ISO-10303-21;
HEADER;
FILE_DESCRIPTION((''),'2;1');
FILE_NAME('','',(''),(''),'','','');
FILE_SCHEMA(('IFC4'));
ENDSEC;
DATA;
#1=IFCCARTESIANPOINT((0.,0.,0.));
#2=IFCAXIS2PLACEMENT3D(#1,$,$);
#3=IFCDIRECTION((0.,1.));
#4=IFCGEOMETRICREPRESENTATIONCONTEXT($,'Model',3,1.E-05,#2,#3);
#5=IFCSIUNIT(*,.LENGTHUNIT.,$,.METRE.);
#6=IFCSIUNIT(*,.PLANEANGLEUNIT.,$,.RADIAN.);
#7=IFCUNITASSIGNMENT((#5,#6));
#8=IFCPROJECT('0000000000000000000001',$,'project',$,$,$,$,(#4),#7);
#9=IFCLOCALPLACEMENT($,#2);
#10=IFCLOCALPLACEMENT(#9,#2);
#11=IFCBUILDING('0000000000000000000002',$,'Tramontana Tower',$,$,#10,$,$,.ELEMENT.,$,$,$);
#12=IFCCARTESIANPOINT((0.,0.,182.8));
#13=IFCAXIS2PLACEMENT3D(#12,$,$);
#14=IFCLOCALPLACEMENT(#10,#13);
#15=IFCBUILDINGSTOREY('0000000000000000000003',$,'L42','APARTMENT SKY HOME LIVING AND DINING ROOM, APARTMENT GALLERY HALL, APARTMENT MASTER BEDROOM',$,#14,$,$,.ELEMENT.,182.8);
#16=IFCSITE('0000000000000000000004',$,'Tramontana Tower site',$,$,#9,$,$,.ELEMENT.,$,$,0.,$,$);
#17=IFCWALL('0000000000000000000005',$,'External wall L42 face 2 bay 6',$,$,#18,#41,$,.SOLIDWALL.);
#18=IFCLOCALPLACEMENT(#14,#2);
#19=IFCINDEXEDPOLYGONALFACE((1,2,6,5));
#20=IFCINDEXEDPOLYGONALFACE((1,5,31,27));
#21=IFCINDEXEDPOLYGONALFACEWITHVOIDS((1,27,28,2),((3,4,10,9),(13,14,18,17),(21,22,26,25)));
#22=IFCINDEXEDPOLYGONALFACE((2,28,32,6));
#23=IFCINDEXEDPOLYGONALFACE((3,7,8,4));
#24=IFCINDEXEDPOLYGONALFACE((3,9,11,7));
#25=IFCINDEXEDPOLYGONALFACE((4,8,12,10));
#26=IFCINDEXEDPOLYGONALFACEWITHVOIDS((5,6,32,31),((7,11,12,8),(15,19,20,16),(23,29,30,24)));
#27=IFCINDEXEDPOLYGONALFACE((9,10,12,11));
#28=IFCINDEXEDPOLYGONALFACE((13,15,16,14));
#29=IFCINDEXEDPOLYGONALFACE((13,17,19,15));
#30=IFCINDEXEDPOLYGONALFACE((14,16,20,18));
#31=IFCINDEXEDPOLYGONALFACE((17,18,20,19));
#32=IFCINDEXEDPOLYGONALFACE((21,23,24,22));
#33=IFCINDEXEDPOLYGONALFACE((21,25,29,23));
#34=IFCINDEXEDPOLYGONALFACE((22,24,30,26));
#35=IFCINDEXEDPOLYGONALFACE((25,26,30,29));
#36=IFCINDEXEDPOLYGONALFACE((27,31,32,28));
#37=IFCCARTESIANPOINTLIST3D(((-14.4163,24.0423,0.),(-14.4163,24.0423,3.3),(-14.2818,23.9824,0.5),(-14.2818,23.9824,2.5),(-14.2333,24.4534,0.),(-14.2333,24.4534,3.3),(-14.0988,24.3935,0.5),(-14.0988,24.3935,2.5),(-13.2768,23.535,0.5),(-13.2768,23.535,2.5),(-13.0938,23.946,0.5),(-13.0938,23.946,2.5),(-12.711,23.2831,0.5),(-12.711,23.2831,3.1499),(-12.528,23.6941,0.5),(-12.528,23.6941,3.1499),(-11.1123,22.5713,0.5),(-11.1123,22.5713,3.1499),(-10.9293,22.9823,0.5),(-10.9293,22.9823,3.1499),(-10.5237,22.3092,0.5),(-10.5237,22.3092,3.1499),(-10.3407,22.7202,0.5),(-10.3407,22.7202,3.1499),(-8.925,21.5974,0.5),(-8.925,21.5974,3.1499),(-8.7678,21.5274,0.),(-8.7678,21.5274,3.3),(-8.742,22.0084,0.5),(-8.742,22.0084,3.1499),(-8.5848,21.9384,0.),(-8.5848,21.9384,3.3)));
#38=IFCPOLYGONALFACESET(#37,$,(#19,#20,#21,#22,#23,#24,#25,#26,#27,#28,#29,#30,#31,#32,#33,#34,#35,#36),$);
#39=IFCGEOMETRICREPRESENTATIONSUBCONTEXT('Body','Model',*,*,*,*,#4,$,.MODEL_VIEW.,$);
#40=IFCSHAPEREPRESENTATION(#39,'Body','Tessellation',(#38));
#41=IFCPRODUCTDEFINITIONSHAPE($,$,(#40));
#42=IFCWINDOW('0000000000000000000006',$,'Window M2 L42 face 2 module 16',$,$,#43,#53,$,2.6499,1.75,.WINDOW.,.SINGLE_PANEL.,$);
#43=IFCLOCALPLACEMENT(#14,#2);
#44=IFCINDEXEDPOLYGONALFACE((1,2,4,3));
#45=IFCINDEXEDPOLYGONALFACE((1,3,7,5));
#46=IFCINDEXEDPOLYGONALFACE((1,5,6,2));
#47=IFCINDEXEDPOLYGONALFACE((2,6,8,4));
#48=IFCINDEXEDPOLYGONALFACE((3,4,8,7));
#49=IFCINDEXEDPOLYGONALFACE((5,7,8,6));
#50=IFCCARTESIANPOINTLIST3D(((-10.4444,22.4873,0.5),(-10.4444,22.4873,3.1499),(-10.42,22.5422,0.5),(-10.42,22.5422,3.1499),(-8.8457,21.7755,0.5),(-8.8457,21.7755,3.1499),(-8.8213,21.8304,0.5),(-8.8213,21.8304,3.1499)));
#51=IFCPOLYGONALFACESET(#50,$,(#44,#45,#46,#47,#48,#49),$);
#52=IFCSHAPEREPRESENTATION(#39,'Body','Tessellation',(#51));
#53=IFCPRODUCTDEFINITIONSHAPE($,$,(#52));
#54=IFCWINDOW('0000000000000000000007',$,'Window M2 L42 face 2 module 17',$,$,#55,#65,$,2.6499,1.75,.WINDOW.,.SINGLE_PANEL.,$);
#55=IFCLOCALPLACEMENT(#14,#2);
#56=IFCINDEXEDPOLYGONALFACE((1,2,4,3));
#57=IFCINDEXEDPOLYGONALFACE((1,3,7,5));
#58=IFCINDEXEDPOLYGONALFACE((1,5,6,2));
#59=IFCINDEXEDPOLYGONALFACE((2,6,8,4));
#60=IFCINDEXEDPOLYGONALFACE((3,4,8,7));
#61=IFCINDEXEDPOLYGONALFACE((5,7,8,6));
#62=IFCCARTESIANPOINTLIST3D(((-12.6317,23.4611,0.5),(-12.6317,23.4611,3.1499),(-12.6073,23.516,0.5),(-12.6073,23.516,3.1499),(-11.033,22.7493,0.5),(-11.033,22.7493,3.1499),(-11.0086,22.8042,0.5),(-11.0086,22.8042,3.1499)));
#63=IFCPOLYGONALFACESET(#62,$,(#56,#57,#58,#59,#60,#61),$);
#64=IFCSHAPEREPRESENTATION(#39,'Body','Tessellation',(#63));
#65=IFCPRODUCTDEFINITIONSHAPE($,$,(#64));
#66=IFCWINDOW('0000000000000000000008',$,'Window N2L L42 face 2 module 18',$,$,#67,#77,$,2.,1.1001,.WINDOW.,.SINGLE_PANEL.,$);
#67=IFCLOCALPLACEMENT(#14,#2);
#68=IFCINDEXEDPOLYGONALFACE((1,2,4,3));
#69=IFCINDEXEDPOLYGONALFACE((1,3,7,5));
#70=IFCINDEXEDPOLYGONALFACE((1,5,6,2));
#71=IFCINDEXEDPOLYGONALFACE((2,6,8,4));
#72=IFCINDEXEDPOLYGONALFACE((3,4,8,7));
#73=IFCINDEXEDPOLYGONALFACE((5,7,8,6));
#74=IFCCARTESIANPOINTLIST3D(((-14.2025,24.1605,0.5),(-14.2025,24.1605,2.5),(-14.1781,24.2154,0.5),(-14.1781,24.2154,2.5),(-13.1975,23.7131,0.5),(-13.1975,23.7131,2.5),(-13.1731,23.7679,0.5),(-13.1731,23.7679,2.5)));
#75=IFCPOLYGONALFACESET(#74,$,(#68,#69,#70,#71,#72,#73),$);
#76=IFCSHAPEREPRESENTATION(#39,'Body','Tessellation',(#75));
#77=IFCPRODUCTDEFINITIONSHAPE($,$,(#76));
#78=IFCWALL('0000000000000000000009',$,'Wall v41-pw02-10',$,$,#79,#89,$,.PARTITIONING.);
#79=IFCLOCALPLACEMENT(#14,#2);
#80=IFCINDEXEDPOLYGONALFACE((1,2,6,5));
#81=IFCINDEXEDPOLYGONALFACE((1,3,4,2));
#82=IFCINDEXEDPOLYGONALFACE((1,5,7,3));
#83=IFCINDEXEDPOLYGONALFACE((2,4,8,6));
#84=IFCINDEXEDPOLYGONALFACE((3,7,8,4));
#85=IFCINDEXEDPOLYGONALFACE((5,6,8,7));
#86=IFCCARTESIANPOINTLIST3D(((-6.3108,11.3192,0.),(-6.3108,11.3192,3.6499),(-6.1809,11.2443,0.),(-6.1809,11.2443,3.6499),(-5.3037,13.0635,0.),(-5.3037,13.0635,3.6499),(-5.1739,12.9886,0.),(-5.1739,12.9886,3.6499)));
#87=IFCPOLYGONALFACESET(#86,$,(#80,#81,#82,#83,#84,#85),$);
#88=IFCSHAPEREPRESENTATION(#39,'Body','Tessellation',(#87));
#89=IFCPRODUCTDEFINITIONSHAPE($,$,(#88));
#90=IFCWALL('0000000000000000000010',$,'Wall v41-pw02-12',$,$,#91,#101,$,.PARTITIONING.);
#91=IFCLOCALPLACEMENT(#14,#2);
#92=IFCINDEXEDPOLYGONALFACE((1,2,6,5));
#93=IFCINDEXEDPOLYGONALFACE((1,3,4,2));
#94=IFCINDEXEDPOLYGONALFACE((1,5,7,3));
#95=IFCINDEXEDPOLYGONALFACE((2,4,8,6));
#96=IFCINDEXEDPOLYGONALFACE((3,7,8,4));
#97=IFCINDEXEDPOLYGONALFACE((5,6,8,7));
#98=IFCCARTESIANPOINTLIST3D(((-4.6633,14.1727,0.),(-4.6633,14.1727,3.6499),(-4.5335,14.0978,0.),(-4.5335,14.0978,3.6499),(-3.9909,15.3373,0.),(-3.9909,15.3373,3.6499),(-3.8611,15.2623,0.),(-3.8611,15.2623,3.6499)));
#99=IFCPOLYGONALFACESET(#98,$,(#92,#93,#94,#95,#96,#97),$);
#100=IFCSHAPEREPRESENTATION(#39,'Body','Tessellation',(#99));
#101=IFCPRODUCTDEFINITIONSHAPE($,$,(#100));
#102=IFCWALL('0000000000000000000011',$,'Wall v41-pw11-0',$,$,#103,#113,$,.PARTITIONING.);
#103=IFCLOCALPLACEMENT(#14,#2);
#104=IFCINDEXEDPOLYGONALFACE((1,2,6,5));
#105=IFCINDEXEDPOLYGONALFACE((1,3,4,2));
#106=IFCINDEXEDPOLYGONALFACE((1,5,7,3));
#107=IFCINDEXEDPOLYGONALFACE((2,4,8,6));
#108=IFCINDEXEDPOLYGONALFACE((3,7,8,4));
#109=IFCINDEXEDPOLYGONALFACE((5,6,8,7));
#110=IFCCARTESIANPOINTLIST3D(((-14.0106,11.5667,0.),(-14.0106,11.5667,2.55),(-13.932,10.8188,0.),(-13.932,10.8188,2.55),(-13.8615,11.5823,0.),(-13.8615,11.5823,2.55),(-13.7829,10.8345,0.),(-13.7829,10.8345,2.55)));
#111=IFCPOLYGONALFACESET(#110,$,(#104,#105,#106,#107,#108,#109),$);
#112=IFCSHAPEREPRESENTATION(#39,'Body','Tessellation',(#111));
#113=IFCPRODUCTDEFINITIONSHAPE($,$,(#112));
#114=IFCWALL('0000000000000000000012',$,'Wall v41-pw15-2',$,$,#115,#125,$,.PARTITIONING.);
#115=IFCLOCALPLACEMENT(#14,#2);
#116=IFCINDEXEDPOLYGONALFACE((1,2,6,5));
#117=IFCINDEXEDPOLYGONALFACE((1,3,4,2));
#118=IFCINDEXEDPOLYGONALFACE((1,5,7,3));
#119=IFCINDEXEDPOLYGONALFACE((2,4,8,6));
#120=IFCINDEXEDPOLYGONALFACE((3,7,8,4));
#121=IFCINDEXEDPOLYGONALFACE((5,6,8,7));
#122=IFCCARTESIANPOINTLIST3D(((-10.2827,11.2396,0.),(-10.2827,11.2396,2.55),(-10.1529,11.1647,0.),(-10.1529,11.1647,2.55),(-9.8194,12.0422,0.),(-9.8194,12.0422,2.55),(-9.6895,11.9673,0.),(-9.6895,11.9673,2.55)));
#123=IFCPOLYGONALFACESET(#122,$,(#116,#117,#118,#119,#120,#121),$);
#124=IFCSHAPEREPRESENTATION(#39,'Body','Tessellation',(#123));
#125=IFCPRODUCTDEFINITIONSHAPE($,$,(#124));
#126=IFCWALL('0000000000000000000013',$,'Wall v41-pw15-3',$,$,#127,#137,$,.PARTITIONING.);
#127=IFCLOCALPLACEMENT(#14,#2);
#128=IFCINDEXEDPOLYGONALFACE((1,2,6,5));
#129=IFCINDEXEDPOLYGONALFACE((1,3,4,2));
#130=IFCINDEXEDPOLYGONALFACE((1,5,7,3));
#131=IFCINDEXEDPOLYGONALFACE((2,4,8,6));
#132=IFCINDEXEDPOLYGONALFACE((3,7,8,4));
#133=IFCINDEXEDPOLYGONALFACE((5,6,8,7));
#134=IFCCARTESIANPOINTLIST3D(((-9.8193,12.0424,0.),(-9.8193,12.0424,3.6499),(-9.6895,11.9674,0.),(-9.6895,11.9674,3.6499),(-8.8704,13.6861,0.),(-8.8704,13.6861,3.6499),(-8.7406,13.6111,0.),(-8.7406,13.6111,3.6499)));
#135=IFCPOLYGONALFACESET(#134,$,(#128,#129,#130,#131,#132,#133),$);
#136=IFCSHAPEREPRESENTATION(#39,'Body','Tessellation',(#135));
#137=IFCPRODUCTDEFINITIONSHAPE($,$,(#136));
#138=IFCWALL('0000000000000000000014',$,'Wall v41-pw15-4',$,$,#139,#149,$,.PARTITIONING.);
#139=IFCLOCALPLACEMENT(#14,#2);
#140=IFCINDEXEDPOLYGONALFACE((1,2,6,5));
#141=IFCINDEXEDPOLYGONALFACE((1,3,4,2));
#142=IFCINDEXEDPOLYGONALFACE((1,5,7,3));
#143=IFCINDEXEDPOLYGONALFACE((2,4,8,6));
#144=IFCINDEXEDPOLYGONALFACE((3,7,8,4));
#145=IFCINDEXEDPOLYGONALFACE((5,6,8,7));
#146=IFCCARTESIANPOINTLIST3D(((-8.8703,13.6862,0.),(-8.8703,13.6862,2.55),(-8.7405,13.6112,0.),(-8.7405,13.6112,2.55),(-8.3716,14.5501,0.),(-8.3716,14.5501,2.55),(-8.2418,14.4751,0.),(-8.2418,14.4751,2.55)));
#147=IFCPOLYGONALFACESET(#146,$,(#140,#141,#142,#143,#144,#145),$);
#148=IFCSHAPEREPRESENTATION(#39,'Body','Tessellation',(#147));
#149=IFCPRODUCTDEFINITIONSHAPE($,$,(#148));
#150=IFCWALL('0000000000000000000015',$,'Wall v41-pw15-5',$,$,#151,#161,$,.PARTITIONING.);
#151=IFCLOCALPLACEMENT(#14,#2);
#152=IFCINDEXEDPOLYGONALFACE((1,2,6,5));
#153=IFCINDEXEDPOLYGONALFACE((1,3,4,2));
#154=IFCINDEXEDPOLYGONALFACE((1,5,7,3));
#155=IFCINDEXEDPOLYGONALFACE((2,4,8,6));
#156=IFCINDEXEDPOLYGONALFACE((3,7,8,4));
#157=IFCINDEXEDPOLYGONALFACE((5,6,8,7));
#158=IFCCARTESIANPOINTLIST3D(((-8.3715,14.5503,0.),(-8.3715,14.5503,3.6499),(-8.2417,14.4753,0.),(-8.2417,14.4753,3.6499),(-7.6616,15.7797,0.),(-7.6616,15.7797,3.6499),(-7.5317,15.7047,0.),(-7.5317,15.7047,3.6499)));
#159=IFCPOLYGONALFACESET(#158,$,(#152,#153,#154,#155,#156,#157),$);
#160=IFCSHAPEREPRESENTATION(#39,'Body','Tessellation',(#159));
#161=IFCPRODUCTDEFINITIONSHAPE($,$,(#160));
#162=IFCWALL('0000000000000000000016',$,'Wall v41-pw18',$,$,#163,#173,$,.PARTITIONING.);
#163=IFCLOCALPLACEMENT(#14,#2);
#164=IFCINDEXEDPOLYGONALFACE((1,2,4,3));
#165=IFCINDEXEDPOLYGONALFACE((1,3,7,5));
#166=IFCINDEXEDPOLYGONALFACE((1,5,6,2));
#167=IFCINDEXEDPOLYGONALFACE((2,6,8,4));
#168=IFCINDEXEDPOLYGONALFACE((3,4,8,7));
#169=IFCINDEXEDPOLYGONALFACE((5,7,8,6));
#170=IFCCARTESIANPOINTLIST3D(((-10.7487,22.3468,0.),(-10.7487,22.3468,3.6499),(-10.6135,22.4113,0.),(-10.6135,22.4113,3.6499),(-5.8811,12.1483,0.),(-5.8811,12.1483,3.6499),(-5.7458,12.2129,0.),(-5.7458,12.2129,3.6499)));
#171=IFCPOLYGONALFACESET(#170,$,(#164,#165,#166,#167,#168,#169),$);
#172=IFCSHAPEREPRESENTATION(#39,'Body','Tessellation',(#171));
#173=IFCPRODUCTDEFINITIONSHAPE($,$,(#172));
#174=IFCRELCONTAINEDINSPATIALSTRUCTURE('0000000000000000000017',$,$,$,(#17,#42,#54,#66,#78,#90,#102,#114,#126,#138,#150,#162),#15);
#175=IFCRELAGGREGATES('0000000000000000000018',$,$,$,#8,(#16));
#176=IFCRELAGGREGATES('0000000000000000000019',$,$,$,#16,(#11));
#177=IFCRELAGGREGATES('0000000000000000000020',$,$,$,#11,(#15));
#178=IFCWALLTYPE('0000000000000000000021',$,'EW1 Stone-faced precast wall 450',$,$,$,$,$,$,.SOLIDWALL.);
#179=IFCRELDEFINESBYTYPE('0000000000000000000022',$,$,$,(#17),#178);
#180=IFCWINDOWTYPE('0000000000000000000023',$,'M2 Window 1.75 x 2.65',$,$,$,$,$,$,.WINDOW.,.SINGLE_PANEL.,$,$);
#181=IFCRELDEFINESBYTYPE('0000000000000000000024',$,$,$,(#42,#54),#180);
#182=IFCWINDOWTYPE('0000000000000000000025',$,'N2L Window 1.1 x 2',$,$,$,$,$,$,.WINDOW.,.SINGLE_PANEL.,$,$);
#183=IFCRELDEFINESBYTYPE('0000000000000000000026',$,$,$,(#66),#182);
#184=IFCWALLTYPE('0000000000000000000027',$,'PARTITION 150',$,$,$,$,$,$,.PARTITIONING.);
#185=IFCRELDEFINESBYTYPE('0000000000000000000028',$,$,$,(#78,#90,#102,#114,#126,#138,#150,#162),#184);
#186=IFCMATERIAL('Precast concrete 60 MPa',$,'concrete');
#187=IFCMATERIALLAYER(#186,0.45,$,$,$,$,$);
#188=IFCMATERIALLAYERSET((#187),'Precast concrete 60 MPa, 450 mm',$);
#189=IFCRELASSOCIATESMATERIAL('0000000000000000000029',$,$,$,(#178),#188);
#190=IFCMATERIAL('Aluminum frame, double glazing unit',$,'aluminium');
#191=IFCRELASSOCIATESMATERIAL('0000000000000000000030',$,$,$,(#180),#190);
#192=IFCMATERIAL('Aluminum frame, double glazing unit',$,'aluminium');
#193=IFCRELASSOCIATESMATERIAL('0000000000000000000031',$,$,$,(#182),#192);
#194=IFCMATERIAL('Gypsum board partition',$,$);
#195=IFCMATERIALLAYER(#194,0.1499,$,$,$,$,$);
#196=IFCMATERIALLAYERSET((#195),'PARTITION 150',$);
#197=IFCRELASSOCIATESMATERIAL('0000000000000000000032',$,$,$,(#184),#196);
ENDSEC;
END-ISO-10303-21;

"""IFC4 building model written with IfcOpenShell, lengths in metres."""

from ifc_helpers import new_model, si_unit, direction, frame, frame_2d, origin, place, context, subcontext, project, spatial, rectangle, extrude, material, layer, layer_set, type_object, element, fill, save


model = new_model("IFC4")

# Units and contexts
model_context = context("Model", 3, precision=1e-05, world=origin(), true_north=direction((0.0, 1.0)))
body_context = subcontext(model_context, "Body", "Model", "MODEL_VIEW")
ifc_project = project(units=[si_unit("LENGTHUNIT", "METRE"), si_unit("PLANEANGLEUNIT", "RADIAN")], contexts=[model_context])

# Site, building, storey
site_placement = place(None, origin())
site = spatial("IfcSite", under=ifc_project, at=site_placement, Name="Tramontana Tower site", CompositionType="ELEMENT", RefElevation=0.0)
building_placement = place(site_placement, origin())
building = spatial("IfcBuilding", under=site, at=building_placement, Name="Tramontana Tower", CompositionType="ELEMENT")
storey_placement = place(building_placement, frame((0.0, 0.0, 182.8)))
storey = spatial("IfcBuildingStorey", under=building, at=storey_placement, Name="L42", Description="APARTMENT SKY HOME LIVING AND DINING ROOM, APARTMENT GALLERY HALL, APARTMENT MASTER BEDROOM", CompositionType="ELEMENT", Elevation=182.8)

# Wall, openings, windows
ifc_material_1 = material(Name="Precast concrete 60 MPa", Category="concrete")
ifc_layer_1 = layer(ifc_material_1, 0.45)
ifc_layer_set_1 = layer_set([ifc_layer_1], Name="Precast concrete 60 MPa, 450 mm")
wall_type_1 = type_object("IfcWallType", Name="EW1 Stone-faced precast wall 450", PredefinedType="SOLIDWALL", material=ifc_layer_set_1)
ifc_material_2 = material(Name="Aluminum frame, double glazing unit", Category="aluminium")
window_type_1 = type_object("IfcWindowType", Name="M2 Window 1.75 x 2.65", PartitioningType="SINGLE_PANEL", PredefinedType="WINDOW", material=ifc_material_2)
wall_1_placement = place(storey_placement, frame((-8.6763, 21.7329, 0.0), z_axis=(0.0, 0.0, 1.0), x_axis=(-0.913543, 0.406743, 0.0)))
wall_1 = element("IfcWall", 1, at=wall_1_placement, inside=storey, type_object=wall_type_1, Name="External wall L42 face 2 bay 6", PredefinedType="SOLIDWALL", context=body_context, shape_type="SweptSolid", body=[
    extrude(rectangle(XDim=6.1831, YDim=0.45, at=frame_2d((3.0916, 0.0))), origin(), (0.0, 0.0, 1.0), 3.3),
])
opening_1_placement = place(wall_1_placement, frame((0.1721, 0.0, 0.5)))
opening_1 = element("IfcOpeningElement", 2, at=opening_1_placement, cuts=wall_1, PredefinedType="OPENING", context=body_context, shape_type="SweptSolid", body=[
    extrude(rectangle(XDim=1.75, YDim=2.6499, at=frame_2d((0.875, 1.325))), frame((0.0, 0.2349, 0.0), z_axis=(0.0, -1.0, 0.0), x_axis=(1.0, 0.0, 0.0)), (0.0, 0.0, 1.0), 0.47),
])
opening_2_placement = place(wall_1_placement, frame((2.5664, 0.0, 0.5)))
opening_2 = element("IfcOpeningElement", 3, at=opening_2_placement, cuts=wall_1, PredefinedType="OPENING", context=body_context, shape_type="SweptSolid", body=[
    extrude(rectangle(XDim=1.75, YDim=2.6499, at=frame_2d((0.875, 1.325))), frame((0.0, 0.2349, 0.0), z_axis=(0.0, -1.0, 0.0), x_axis=(1.0, 0.0, 0.0)), (0.0, 0.0, 1.0), 0.47),
])
opening_3_placement = place(wall_1_placement, frame((4.9358, 0.0, 0.5)))
opening_3 = element("IfcOpeningElement", 4, at=opening_3_placement, cuts=wall_1, PredefinedType="OPENING", context=body_context, shape_type="SweptSolid", body=[
    extrude(rectangle(XDim=1.1001, YDim=2.0, at=frame_2d((0.55, 1.0))), frame((0.0, 0.2349, 0.0), z_axis=(0.0, -1.0, 0.0), x_axis=(1.0, 0.0, 0.0)), (0.0, 0.0, 1.0), 0.47),
])
window_1_placement = place(opening_1_placement, origin())
window_1 = element("IfcWindow", 5, at=window_1_placement, inside=storey, type_object=window_type_1, Name="Window M2 L42 face 2 module 16", OverallHeight=2.6499, OverallWidth=1.75, PartitioningType="SINGLE_PANEL", PredefinedType="WINDOW", context=body_context, shape_type="SweptSolid", body=[
    extrude(rectangle(XDim=1.75, YDim=2.6499, at=frame_2d((0.875, 1.325))), frame((0.0, 0.03, 0.0), z_axis=(0.0, -1.0, 0.0), x_axis=(1.0, 0.0, 0.0)), (0.0, 0.0, 1.0), 0.0601),
])
fill(opening_1, window_1)
window_2_placement = place(opening_2_placement, origin())
window_2 = element("IfcWindow", 6, at=window_2_placement, inside=storey, type_object=window_type_1, Name="Window M2 L42 face 2 module 17", OverallHeight=2.6499, OverallWidth=1.75, PartitioningType="SINGLE_PANEL", PredefinedType="WINDOW", context=body_context, shape_type="SweptSolid", body=[
    extrude(rectangle(XDim=1.75, YDim=2.6499, at=frame_2d((0.875, 1.325))), frame((0.0, 0.03, 0.0), z_axis=(0.0, -1.0, 0.0), x_axis=(1.0, 0.0, 0.0)), (0.0, 0.0, 1.0), 0.0601),
])
fill(opening_2, window_2)
ifc_material_3 = material(Name="Aluminum frame, double glazing unit", Category="aluminium")
window_type_2 = type_object("IfcWindowType", Name="N2L Window 1.1 x 2", PartitioningType="SINGLE_PANEL", PredefinedType="WINDOW", material=ifc_material_3)
window_3_placement = place(opening_3_placement, origin())
window_3 = element("IfcWindow", 7, at=window_3_placement, inside=storey, type_object=window_type_2, Name="Window N2L L42 face 2 module 18", OverallHeight=2.0, OverallWidth=1.1001, PartitioningType="SINGLE_PANEL", PredefinedType="WINDOW", context=body_context, shape_type="SweptSolid", body=[
    extrude(rectangle(XDim=1.1001, YDim=2.0, at=frame_2d((0.55, 1.0))), frame((0.0, 0.03, 0.0), z_axis=(0.0, -1.0, 0.0), x_axis=(1.0, 0.0, 0.0)), (0.0, 0.0, 1.0), 0.0601),
])
fill(opening_3, window_3)

# Wall
ifc_material_4 = material(Name="Gypsum board partition")
ifc_layer_2 = layer(ifc_material_4, 0.1499)
ifc_layer_set_2 = layer_set([ifc_layer_2], Name="PARTITION 150")
wall_type_2 = type_object("IfcWallType", Name="PARTITION 150", PredefinedType="PARTITIONING", material=ifc_layer_set_2)
wall_2_placement = place(storey_placement, frame((-6.2458, 11.2817, 0.0), z_axis=(0.0, 0.0, 1.0), x_axis=(0.499985, 0.866034, 0.0)))
element("IfcWall", 8, at=wall_2_placement, inside=storey, type_object=wall_type_2, Name="Wall v41-pw02-10", PredefinedType="PARTITIONING", context=body_context, shape_type="SweptSolid", body=[
    extrude(rectangle(XDim=2.0142, YDim=0.1499, at=frame_2d((1.0071, 0.0))), origin(), (0.0, 0.0, 1.0), 3.6499),
])

# Walls
wall_3_placement = place(storey_placement, frame((-4.5984, 14.1353, 0.0), z_axis=(0.0, 0.0, 1.0), x_axis=(0.500005, 0.866022, 0.0)))
element("IfcWall", 9, at=wall_3_placement, inside=storey, type_object=wall_type_2, Name="Wall v41-pw02-12", PredefinedType="PARTITIONING", context=body_context, shape_type="SweptSolid", body=[
    extrude(rectangle(XDim=1.3447, YDim=0.1499, at=frame_2d((0.6724, 0.0))), origin(), (0.0, 0.0, 1.0), 3.6499),
])
wall_4_placement = place(storey_placement, frame((-13.8574, 10.8267, 0.0), z_axis=(0.0, 0.0, 1.0), x_axis=(-0.10455, 0.99452, 0.0)))
element("IfcWall", 10, at=wall_4_placement, inside=storey, type_object=wall_type_2, Name="Wall v41-pw11-0", PredefinedType="PARTITIONING", context=body_context, shape_type="SweptSolid", body=[
    extrude(rectangle(XDim=0.752, YDim=0.1499, at=frame_2d((0.376, 0.0))), origin(), (0.0, 0.0, 1.0), 2.55),
])
wall_5_placement = place(storey_placement, frame((-10.2178, 11.2021, 0.0), z_axis=(0.0, 0.0, 1.0), x_axis=(0.499935, 0.866063, 0.0)))
element("IfcWall", 11, at=wall_5_placement, inside=storey, type_object=wall_type_2, Name="Wall v41-pw15-2", PredefinedType="PARTITIONING", context=body_context, shape_type="SweptSolid", body=[
    extrude(rectangle(XDim=0.9268, YDim=0.1499, at=frame_2d((0.4634, 0.0))), origin(), (0.0, 0.0, 1.0), 2.55),
])
wall_6_placement = place(storey_placement, frame((-9.7544, 12.0049, 0.0), z_axis=(0.0, 0.0, 1.0), x_axis=(0.499971, 0.866042, 0.0)))
element("IfcWall", 12, at=wall_6_placement, inside=storey, type_object=wall_type_2, Name="Wall v41-pw15-3", PredefinedType="PARTITIONING", context=body_context, shape_type="SweptSolid", body=[
    extrude(rectangle(XDim=1.8979, YDim=0.1499, at=frame_2d((0.949, 0.0))), origin(), (0.0, 0.0, 1.0), 3.6499),
])
wall_7_placement = place(storey_placement, frame((-8.8054, 13.6487, 0.0), z_axis=(0.0, 0.0, 1.0), x_axis=(0.499955, 0.866051, 0.0)))
element("IfcWall", 13, at=wall_7_placement, inside=storey, type_object=wall_type_2, Name="Wall v41-pw15-4", PredefinedType="PARTITIONING", context=body_context, shape_type="SweptSolid", body=[
    extrude(rectangle(XDim=0.9976, YDim=0.1499, at=frame_2d((0.4988, 0.0))), origin(), (0.0, 0.0, 1.0), 2.55),
])
wall_8_placement = place(storey_placement, frame((-8.3066, 14.5127, 0.0), z_axis=(0.0, 0.0, 1.0), x_axis=(0.50006, 0.865991, 0.0)))
element("IfcWall", 14, at=wall_8_placement, inside=storey, type_object=wall_type_2, Name="Wall v41-pw15-5", PredefinedType="PARTITIONING", context=body_context, shape_type="SweptSolid", body=[
    extrude(rectangle(XDim=1.4197, YDim=0.1499, at=frame_2d((0.71, 0.0))), origin(), (0.0, 0.0, 1.0), 3.6499),
])
wall_9_placement = place(storey_placement, frame((-10.6812, 22.3792, 0.0), z_axis=(0.0, 0.0, 1.0), x_axis=(0.430745, -0.902474, 0.0)))
element("IfcWall", 15, at=wall_9_placement, inside=storey, type_object=wall_type_2, Name="Wall v41-pw18", PredefinedType="PARTITIONING", context=body_context, shape_type="SweptSolid", body=[
    extrude(rectangle(XDim=11.3005, YDim=0.1499, at=frame_2d((5.6504, 0.0))), origin(), (0.0, 0.0, 1.0), 3.6499),
])

save(model, "model.ifc")
